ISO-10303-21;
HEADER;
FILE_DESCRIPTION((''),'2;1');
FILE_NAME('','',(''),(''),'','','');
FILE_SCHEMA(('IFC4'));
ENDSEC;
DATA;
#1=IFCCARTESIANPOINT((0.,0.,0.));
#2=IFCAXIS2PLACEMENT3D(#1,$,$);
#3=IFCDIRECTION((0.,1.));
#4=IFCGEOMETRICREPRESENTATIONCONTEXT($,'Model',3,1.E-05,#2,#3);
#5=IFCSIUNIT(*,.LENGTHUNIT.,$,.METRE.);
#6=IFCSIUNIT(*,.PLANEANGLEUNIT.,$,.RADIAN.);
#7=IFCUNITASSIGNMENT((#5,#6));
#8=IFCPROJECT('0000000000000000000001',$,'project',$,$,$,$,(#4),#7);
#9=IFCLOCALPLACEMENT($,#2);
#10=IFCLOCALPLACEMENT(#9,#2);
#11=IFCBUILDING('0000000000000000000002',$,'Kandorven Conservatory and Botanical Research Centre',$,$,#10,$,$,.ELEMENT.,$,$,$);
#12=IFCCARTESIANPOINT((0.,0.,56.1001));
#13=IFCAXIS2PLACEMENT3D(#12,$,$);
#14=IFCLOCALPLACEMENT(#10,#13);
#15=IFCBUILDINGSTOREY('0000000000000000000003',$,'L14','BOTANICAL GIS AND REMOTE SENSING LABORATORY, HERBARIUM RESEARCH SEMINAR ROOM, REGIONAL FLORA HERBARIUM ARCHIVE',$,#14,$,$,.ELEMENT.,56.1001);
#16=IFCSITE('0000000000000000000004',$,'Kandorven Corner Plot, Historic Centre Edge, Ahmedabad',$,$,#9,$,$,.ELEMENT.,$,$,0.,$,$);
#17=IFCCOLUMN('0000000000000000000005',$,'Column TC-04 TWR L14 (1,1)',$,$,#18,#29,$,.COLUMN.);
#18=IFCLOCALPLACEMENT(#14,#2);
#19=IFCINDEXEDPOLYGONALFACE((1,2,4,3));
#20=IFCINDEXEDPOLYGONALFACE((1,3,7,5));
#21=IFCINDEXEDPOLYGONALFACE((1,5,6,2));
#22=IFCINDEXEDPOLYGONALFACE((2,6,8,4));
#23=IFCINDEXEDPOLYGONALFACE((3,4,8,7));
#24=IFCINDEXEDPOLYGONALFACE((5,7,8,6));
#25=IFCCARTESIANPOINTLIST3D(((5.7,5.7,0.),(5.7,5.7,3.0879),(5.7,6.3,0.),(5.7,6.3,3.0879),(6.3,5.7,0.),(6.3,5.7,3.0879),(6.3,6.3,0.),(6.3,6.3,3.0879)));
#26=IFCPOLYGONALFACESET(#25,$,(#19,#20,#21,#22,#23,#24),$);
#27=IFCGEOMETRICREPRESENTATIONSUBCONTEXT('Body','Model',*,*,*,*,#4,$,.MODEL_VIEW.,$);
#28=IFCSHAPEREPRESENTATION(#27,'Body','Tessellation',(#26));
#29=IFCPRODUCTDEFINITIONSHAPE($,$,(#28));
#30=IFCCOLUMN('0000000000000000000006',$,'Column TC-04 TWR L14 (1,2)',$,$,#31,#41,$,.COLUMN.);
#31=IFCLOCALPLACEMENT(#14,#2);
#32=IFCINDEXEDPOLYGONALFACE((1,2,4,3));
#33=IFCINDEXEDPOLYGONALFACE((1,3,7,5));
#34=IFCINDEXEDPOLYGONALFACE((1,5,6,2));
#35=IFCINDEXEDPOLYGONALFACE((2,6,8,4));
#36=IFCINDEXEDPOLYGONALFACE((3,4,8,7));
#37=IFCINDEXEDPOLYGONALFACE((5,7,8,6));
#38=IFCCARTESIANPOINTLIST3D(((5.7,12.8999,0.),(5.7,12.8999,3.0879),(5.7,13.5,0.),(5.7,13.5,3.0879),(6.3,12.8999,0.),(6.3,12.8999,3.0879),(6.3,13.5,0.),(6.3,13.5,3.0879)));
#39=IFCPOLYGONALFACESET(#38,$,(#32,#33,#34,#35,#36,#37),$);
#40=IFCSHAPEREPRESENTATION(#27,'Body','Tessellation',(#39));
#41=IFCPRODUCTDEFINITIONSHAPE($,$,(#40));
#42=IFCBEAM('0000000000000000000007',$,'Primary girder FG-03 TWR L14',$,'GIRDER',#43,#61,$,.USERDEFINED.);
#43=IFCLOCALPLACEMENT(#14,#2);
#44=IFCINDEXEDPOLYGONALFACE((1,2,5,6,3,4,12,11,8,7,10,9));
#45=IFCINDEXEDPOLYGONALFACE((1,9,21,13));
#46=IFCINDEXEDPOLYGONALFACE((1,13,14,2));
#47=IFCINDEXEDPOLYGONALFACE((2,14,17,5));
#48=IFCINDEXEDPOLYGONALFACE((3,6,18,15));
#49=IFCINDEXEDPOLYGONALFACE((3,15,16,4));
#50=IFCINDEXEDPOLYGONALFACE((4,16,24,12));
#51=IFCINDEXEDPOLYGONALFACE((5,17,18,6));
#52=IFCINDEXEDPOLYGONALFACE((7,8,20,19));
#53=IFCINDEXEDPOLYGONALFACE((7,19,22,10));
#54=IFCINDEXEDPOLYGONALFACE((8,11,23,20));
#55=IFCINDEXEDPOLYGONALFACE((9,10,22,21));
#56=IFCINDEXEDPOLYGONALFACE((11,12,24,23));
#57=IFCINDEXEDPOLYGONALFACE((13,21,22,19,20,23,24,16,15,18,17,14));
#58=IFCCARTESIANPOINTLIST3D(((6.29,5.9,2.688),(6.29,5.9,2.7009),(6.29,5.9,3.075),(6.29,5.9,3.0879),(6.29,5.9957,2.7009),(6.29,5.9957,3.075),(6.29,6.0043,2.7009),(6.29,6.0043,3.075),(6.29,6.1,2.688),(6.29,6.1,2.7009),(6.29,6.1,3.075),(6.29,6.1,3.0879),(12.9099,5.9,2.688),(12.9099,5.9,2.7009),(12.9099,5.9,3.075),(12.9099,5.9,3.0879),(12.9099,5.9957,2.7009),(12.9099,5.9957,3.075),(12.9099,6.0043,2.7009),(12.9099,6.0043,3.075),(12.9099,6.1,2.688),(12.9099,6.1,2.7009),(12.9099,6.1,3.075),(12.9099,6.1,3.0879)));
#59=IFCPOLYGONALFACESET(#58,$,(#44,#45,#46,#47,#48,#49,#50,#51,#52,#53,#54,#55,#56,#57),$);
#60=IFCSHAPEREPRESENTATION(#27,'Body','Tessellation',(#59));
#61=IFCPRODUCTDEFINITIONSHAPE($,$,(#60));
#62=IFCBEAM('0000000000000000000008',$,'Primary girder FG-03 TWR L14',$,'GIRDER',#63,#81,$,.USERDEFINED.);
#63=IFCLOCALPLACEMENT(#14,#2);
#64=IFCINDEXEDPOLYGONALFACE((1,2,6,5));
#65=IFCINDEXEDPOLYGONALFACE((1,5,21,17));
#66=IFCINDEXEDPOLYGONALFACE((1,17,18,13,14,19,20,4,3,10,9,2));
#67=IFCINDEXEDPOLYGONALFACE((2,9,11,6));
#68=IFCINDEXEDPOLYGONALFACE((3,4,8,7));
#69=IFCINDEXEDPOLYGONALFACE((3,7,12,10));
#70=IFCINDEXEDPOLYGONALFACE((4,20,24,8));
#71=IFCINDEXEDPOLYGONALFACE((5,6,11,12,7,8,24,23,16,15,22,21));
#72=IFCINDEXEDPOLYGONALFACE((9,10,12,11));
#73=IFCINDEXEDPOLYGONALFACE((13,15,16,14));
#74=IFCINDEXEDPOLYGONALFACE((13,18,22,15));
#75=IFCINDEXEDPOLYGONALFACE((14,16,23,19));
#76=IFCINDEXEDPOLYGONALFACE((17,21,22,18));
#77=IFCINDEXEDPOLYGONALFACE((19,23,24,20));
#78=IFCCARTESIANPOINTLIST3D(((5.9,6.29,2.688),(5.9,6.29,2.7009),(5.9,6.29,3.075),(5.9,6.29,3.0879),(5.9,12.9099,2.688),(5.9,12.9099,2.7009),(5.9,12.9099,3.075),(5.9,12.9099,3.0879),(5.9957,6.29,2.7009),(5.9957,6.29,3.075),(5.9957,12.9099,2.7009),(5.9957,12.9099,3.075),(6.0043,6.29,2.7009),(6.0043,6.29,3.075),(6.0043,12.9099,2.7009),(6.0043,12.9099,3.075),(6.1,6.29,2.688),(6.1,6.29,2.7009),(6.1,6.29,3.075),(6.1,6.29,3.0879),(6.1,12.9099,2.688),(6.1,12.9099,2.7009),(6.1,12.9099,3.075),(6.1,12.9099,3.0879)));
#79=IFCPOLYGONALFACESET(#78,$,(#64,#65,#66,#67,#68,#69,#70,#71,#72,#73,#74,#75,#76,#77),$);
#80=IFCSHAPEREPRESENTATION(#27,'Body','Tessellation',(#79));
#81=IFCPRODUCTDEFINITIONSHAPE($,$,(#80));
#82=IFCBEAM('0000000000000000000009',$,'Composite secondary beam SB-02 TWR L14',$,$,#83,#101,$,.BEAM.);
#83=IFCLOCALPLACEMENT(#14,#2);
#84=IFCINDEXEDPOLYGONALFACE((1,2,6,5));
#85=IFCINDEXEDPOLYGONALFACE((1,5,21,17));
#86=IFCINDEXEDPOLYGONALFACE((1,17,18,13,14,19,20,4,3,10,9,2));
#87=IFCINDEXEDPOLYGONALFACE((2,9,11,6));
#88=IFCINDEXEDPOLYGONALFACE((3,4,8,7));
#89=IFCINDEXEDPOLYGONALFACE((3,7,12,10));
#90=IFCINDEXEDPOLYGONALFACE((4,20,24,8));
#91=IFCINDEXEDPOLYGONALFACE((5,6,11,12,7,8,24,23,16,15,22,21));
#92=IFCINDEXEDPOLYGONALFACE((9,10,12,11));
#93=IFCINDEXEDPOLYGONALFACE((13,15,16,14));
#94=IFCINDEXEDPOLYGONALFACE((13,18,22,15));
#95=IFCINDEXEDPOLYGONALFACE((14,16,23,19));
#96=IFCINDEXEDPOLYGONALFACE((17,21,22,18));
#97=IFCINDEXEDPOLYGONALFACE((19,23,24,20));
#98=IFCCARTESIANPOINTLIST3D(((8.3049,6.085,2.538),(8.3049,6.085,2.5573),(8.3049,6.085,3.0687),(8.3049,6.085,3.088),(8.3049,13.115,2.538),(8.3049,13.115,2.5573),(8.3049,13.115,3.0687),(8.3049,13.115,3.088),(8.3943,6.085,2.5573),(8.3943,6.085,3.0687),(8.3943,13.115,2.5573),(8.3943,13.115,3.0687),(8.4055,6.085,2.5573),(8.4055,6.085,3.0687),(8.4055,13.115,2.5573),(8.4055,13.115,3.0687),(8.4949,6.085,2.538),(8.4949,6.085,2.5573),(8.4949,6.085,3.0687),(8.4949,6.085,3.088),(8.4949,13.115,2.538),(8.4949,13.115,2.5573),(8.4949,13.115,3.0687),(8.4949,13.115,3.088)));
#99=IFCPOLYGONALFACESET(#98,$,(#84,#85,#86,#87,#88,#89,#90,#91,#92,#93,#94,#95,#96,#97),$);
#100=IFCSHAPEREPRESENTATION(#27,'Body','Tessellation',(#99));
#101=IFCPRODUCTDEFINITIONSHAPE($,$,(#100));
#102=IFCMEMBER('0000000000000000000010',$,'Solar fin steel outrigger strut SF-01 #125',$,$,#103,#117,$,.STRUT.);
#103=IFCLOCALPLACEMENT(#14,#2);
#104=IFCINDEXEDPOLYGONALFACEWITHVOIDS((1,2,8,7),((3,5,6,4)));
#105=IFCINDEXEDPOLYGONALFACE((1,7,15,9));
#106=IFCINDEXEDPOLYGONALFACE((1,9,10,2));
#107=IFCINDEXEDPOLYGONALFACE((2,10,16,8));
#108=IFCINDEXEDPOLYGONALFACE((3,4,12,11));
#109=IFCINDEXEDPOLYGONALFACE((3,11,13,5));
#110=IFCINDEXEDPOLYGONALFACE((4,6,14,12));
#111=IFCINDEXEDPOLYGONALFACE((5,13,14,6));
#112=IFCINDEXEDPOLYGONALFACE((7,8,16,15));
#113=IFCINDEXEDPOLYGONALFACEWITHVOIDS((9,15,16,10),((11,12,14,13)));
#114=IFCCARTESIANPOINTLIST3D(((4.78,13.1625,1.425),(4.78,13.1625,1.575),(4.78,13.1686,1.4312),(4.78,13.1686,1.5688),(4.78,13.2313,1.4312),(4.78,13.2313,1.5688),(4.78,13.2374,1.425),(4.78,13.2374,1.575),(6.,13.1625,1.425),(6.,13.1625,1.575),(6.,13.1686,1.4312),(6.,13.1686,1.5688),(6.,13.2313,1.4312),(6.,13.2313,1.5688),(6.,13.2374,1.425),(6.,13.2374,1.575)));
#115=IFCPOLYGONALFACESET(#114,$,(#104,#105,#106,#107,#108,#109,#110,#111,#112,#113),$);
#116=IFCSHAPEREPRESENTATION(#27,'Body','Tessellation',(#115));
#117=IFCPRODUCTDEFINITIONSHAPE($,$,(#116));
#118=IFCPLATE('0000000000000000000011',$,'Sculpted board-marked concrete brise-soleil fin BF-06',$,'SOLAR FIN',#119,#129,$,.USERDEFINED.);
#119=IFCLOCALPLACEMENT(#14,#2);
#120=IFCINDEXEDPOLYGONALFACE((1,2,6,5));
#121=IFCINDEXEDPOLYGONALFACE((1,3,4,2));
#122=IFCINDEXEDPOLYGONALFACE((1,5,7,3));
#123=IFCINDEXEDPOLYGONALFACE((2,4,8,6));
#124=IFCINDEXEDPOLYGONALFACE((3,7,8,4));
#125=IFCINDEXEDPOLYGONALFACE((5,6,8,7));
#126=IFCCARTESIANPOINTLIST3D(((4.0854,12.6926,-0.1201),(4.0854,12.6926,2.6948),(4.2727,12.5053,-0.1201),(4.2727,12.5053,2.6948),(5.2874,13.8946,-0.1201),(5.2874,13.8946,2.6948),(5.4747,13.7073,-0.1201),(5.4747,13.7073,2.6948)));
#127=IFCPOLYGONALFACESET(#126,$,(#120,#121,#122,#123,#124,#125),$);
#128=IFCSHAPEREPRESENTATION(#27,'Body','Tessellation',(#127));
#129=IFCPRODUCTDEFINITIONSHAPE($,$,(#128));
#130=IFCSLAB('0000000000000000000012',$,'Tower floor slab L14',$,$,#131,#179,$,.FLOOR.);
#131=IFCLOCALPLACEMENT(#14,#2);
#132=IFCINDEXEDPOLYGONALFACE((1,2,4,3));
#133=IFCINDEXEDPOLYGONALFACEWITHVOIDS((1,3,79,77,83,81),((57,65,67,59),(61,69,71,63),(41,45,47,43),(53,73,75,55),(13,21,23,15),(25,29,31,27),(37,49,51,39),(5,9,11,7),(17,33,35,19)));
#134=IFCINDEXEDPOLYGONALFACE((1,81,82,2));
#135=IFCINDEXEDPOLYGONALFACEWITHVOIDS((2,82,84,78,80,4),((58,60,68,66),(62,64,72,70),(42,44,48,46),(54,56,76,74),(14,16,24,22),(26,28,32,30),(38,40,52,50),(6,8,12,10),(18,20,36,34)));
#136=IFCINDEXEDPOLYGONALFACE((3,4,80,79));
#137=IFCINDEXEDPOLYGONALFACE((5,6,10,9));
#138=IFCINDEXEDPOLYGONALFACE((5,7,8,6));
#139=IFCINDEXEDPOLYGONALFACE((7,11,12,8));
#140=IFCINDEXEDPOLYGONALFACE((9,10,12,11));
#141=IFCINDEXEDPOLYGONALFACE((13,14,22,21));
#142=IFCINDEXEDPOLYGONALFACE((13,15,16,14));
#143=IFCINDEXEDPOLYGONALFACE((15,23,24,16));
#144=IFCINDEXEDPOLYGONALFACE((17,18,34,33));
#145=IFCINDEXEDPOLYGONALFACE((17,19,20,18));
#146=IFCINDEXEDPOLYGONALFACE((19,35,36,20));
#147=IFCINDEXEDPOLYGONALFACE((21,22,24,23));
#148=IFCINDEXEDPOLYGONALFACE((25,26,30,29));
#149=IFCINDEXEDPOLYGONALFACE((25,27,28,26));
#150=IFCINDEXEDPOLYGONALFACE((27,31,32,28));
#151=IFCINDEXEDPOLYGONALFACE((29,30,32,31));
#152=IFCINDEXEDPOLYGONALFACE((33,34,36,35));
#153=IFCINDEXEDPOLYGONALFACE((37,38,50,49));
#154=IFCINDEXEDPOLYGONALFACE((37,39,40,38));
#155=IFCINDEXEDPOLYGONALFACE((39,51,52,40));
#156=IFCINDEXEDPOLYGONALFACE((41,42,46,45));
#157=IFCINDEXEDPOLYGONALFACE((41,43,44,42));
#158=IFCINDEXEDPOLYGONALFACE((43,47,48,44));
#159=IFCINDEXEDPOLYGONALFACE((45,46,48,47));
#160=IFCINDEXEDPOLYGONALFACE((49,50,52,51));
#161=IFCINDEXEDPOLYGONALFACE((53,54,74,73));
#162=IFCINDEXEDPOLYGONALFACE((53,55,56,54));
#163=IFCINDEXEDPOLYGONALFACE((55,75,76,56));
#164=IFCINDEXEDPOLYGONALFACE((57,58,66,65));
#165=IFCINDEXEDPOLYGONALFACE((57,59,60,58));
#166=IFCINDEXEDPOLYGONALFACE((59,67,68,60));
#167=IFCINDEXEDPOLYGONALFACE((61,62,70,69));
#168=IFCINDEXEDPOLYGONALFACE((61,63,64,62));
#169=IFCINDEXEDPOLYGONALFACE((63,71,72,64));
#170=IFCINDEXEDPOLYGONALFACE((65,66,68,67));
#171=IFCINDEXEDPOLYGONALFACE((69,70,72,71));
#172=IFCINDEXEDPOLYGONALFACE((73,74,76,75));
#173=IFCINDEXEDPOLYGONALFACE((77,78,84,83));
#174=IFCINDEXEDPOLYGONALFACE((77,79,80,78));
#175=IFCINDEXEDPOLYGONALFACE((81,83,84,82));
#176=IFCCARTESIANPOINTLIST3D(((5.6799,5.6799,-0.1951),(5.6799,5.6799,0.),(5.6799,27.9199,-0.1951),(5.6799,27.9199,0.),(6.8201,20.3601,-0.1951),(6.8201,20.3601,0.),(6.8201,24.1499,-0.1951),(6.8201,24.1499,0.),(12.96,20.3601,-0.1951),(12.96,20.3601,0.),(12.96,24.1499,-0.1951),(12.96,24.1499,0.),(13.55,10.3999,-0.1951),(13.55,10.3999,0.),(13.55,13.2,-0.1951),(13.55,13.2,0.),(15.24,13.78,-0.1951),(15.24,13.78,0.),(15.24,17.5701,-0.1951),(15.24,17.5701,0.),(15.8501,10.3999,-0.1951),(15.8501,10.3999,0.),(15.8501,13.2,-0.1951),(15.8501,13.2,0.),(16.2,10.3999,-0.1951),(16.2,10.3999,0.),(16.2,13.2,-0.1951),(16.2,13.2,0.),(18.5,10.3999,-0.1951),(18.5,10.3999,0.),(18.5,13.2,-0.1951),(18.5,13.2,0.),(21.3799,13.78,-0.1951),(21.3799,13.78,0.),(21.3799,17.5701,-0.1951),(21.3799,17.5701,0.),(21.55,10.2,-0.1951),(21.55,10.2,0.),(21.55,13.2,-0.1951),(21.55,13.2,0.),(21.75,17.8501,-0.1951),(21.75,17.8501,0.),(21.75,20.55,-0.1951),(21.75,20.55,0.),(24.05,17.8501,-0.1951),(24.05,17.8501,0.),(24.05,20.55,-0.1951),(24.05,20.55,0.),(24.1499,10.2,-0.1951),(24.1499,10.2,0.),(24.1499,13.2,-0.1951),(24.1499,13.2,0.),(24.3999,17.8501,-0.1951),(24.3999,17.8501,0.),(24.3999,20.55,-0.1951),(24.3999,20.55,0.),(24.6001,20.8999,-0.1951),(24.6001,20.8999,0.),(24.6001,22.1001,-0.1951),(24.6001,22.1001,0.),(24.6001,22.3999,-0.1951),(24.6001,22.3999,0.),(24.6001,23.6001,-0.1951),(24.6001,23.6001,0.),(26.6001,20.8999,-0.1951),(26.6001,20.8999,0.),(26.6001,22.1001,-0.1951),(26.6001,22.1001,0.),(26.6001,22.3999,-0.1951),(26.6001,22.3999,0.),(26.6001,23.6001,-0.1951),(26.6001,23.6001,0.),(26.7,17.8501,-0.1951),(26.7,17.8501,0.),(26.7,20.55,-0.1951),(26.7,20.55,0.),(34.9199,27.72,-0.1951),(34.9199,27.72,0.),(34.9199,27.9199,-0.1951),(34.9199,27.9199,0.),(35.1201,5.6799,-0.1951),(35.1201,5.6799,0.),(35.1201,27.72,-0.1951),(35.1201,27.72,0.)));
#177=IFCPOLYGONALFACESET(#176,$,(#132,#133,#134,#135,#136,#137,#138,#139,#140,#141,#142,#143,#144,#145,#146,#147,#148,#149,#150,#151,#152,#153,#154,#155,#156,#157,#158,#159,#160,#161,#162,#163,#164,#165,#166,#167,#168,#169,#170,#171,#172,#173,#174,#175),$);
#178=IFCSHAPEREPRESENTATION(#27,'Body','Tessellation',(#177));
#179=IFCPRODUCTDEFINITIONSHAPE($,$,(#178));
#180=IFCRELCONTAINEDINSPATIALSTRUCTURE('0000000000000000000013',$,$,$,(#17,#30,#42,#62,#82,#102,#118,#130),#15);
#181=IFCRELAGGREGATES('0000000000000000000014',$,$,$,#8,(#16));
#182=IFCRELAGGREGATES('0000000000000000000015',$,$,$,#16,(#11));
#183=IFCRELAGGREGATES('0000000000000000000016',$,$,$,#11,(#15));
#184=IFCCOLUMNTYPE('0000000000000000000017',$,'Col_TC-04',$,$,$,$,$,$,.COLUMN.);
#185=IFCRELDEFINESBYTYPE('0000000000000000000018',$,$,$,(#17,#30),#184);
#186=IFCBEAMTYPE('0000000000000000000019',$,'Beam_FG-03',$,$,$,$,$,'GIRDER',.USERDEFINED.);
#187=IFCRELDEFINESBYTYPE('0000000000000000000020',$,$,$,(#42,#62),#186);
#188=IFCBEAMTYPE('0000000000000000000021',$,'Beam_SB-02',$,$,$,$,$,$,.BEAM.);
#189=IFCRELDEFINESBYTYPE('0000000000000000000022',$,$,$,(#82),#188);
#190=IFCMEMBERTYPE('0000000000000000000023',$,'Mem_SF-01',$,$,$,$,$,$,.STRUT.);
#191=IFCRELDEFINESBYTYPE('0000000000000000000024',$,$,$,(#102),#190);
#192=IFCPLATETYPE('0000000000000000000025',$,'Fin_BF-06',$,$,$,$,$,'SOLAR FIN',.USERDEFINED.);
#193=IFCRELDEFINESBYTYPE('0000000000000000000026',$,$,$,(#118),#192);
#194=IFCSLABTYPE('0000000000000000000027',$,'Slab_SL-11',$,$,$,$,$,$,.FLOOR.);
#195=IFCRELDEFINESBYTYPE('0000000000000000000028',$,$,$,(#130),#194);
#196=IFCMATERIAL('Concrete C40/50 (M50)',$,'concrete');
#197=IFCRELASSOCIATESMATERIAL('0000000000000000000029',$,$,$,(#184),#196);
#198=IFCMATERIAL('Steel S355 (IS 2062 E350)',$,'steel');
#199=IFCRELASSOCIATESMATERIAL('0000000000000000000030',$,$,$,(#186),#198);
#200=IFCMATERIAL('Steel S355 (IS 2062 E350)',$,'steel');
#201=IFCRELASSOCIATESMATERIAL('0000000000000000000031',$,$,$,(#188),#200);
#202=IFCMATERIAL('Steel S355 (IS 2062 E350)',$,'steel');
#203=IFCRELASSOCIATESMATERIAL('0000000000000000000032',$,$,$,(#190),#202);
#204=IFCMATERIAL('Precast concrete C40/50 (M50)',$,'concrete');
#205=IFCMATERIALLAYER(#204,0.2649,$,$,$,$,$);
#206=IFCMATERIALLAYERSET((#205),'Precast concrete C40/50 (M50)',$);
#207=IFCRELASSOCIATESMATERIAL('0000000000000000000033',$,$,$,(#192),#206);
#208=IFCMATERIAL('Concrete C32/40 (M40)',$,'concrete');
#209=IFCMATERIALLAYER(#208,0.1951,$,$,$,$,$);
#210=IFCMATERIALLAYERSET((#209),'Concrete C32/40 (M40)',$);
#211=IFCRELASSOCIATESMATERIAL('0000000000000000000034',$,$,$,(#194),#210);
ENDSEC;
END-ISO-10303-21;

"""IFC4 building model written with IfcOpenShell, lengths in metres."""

from ifc_helpers import new_model, si_unit, direction, frame, origin, origin_2d, place, context, subcontext, project, spatial, polyline, rectangle, hollow_rectangle, i_section, outline, extrude, material, layer, layer_set, material_profile, profile_set, type_object, element, save


model = new_model("IFC4")

# Units and contexts
model_context = context("Model", 3, precision=1e-05, world=origin(), true_north=direction((0.0, 1.0)))
body_context = subcontext(model_context, "Body", "Model", "MODEL_VIEW")
ifc_project = project(units=[si_unit("LENGTHUNIT", "METRE"), si_unit("PLANEANGLEUNIT", "RADIAN")], contexts=[model_context])

# Site, building, storey
site_placement = place(None, origin())
site = spatial("IfcSite", under=ifc_project, at=site_placement, Name="Kandorven Corner Plot, Historic Centre Edge, Ahmedabad", CompositionType="ELEMENT", RefElevation=0.0)
building_placement = place(site_placement, origin())
building = spatial("IfcBuilding", under=site, at=building_placement, Name="Kandorven Conservatory and Botanical Research Centre", CompositionType="ELEMENT")
storey_placement = place(building_placement, frame((0.0, 0.0, 56.1001)))
storey = spatial("IfcBuildingStorey", under=building, at=storey_placement, Name="L14", Description="BOTANICAL GIS AND REMOTE SENSING LABORATORY, HERBARIUM RESEARCH SEMINAR ROOM, REGIONAL FLORA HERBARIUM ARCHIVE", CompositionType="ELEMENT", Elevation=56.1001)

# Columns
ifc_material_1 = material(Name="Concrete C40/50 (M50)", Category="concrete")
ifc_material_profile_1 = material_profile(ifc_material_1, rectangle(XDim=0.6001, YDim=0.6001, at=origin_2d()))
ifc_profile_set_1 = profile_set([ifc_material_profile_1], Name="Concrete C40/50 (M50)")
column_type = type_object("IfcColumnType", Name="Col_TC-04", PredefinedType="COLUMN", material=ifc_profile_set_1)
for number, where, z_axis, x_axis, name in (
    (1, (6.0, 6.0, 0.0), (0.0, 0.0, 1.0), (1.0, 0.0, 0.0), "Column TC-04 TWR L14 (1,1)"),
    (2, (6.0, 13.2, 0.0), (0.0, 0.0, 1.0), (1.0, 0.0, 0.0), "Column TC-04 TWR L14 (1,2)"),
):
    element("IfcColumn", number, at=place(storey_placement, frame(where, z_axis=z_axis, x_axis=x_axis)), inside=storey, type_object=column_type, Name=name, PredefinedType="COLUMN", context=body_context, shape_type="SweptSolid", body=[
        extrude(rectangle(XDim=0.6001, YDim=0.6001, at=origin_2d()), origin(), (0.0, 0.0, 1.0), 3.0879),
    ])

# Beams
ifc_material_2 = material(Name="Steel S355 (IS 2062 E350)", Category="steel")
ifc_material_profile_2 = material_profile(ifc_material_2, i_section(OverallWidth=0.2, OverallDepth=0.3999, WebThickness=0.0085, FlangeThickness=0.0129, at=origin_2d()))
ifc_profile_set_2 = profile_set([ifc_material_profile_2], Name="Steel S355 (IS 2062 E350)")
beam_type_1 = type_object("IfcBeamType", Name="Beam_FG-03", ElementType="GIRDER", PredefinedType="USERDEFINED", material=ifc_profile_set_2)
for number, where, z_axis, x_axis, name in (
    (3, (6.29, 6.0, 2.8879), (1.0, 0.0, 0.0), (0.0, 1.0, 0.0), "Primary girder FG-03 TWR L14"),
    (4, (6.0, 6.29, 2.8879), (0.0, 1.0, 0.0), (-1.0, 0.0, 0.0), "Primary girder FG-03 TWR L14"),
):
    element("IfcBeam", number, at=place(storey_placement, frame(where, z_axis=z_axis, x_axis=x_axis)), inside=storey, type_object=beam_type_1, Name=name, ObjectType="GIRDER", PredefinedType="USERDEFINED", context=body_context, shape_type="SweptSolid", body=[
        extrude(i_section(OverallWidth=0.2, OverallDepth=0.3999, WebThickness=0.0085, FlangeThickness=0.0129, at=origin_2d()), origin(), (0.0, 0.0, 1.0), 6.6199),
    ])
ifc_material_3 = material(Name="Steel S355 (IS 2062 E350)", Category="steel")
ifc_material_profile_3 = material_profile(ifc_material_3, i_section(OverallWidth=0.1899, OverallDepth=0.55, WebThickness=0.0112, FlangeThickness=0.0193, at=origin_2d()))
ifc_profile_set_3 = profile_set([ifc_material_profile_3], Name="Steel S355 (IS 2062 E350)")
beam_type_2 = type_object("IfcBeamType", Name="Beam_SB-02", PredefinedType="BEAM", material=ifc_profile_set_3)
beam_placement = place(storey_placement, frame((8.3999, 6.085, 2.813), z_axis=(0.0, 1.0, 0.0), x_axis=(-1.0, 0.0, 0.0)))
element("IfcBeam", 5, at=beam_placement, inside=storey, type_object=beam_type_2, Name="Composite secondary beam SB-02 TWR L14", PredefinedType="BEAM", context=body_context, shape_type="SweptSolid", body=[
    extrude(i_section(OverallWidth=0.1899, OverallDepth=0.55, WebThickness=0.0112, FlangeThickness=0.0193, at=origin_2d()), origin(), (0.0, 0.0, 1.0), 7.03),
])

# Member
ifc_material_4 = material(Name="Steel S355 (IS 2062 E350)", Category="steel")
ifc_material_profile_4 = material_profile(ifc_material_4, hollow_rectangle(XDim=0.075, YDim=0.1499, WallThickness=0.0061, at=origin_2d()))
ifc_profile_set_4 = profile_set([ifc_material_profile_4], Name="Steel S355 (IS 2062 E350)")
member_type = type_object("IfcMemberType", Name="Mem_SF-01", PredefinedType="STRUT", material=ifc_profile_set_4)
member_placement = place(storey_placement, frame((6.0, 13.2, 1.5), z_axis=(-1.0, 0.0, 0.0), x_axis=(0.0, -1.0, 0.0)))
element("IfcMember", 6, at=member_placement, inside=storey, type_object=member_type, Name="Solar fin steel outrigger strut SF-01 #125", PredefinedType="STRUT", context=body_context, shape_type="SweptSolid", body=[
    extrude(hollow_rectangle(XDim=0.075, YDim=0.1499, WallThickness=0.0061, at=origin_2d()), origin(), (0.0, 0.0, 1.0), 1.22),
])

# Plate
ifc_material_5 = material(Name="Precast concrete C40/50 (M50)", Category="concrete")
ifc_layer_1 = layer(ifc_material_5, 0.2649)
ifc_layer_set_1 = layer_set([ifc_layer_1], Name="Precast concrete C40/50 (M50)")
plate_type = type_object("IfcPlateType", Name="Fin_BF-06", ElementType="SOLAR FIN", PredefinedType="USERDEFINED", material=ifc_layer_set_1)
plate_placement = place(storey_placement, frame((4.78, 13.2, -0.1201), z_axis=(0.0, 0.0, 1.0), x_axis=(0.707107, 0.707107, 0.0)))
element("IfcPlate", 7, at=plate_placement, inside=storey, type_object=plate_type, Name="Sculpted board-marked concrete brise-soleil fin BF-06", ObjectType="SOLAR FIN", PredefinedType="USERDEFINED", context=body_context, shape_type="SweptSolid", body=[
    extrude(rectangle(XDim=1.7, YDim=0.2649, at=origin_2d()), origin(), (0.0, 0.0, 1.0), 2.8149),
])

# Slab
ifc_material_6 = material(Name="Concrete C32/40 (M40)", Category="concrete")
ifc_layer_2 = layer(ifc_material_6, 0.1951)
ifc_layer_set_2 = layer_set([ifc_layer_2], Name="Concrete C32/40 (M40)")
slab_type_1 = type_object("IfcSlabType", Name="Slab_SL-11", PredefinedType="FLOOR", material=ifc_layer_set_2)
slab_1_placement = place(storey_placement, frame((0.0, 0.0, -0.1951)))
element("IfcSlab", 8, at=slab_1_placement, inside=storey, type_object=slab_type_1, Name="Tower floor slab L14", PredefinedType="FLOOR", context=body_context, shape_type="SweptSolid", body=[
    extrude(outline(polyline([(5.6799, 5.6799), (35.1201, 5.6799), (35.1201, 27.72), (34.9199, 27.72), (34.9199, 27.9199), (5.6799, 27.9199), (5.6799, 5.6799)]), holes=[polyline([(15.24, 13.78), (21.3799, 13.78), (21.3799, 17.5701), (15.24, 17.5701), (15.24, 13.78)]), polyline([(12.96, 24.1499), (6.8201, 24.1499), (6.8201, 20.3601), (12.96, 20.3601), (12.96, 24.1499)]), polyline([(21.75, 17.8501), (24.05, 17.8501), (24.05, 20.55), (21.75, 20.55), (21.75, 17.8501)]), polyline([(24.3999, 17.8501), (26.7, 17.8501), (26.7, 20.55), (24.3999, 20.55), (24.3999, 17.8501)]), polyline([(13.55, 10.3999), (15.8501, 10.3999), (15.8501, 13.2), (13.55, 13.2), (13.55, 10.3999)]), polyline([(16.2, 10.3999), (18.5, 10.3999), (18.5, 13.2), (16.2, 13.2), (16.2, 10.3999)]), polyline([(21.55, 10.2), (24.1499, 10.2), (24.1499, 13.2), (21.55, 13.2), (21.55, 10.2)]), polyline([(24.6001, 20.8999), (26.6001, 20.8999), (26.6001, 22.1001), (24.6001, 22.1001), (24.6001, 20.8999)]), polyline([(24.6001, 22.3999), (26.6001, 22.3999), (26.6001, 23.6001), (24.6001, 23.6001), (24.6001, 22.3999)])]), origin(), (0.0, 0.0, 1.0), 0.1951),
])

save(model, "model.ifc")
